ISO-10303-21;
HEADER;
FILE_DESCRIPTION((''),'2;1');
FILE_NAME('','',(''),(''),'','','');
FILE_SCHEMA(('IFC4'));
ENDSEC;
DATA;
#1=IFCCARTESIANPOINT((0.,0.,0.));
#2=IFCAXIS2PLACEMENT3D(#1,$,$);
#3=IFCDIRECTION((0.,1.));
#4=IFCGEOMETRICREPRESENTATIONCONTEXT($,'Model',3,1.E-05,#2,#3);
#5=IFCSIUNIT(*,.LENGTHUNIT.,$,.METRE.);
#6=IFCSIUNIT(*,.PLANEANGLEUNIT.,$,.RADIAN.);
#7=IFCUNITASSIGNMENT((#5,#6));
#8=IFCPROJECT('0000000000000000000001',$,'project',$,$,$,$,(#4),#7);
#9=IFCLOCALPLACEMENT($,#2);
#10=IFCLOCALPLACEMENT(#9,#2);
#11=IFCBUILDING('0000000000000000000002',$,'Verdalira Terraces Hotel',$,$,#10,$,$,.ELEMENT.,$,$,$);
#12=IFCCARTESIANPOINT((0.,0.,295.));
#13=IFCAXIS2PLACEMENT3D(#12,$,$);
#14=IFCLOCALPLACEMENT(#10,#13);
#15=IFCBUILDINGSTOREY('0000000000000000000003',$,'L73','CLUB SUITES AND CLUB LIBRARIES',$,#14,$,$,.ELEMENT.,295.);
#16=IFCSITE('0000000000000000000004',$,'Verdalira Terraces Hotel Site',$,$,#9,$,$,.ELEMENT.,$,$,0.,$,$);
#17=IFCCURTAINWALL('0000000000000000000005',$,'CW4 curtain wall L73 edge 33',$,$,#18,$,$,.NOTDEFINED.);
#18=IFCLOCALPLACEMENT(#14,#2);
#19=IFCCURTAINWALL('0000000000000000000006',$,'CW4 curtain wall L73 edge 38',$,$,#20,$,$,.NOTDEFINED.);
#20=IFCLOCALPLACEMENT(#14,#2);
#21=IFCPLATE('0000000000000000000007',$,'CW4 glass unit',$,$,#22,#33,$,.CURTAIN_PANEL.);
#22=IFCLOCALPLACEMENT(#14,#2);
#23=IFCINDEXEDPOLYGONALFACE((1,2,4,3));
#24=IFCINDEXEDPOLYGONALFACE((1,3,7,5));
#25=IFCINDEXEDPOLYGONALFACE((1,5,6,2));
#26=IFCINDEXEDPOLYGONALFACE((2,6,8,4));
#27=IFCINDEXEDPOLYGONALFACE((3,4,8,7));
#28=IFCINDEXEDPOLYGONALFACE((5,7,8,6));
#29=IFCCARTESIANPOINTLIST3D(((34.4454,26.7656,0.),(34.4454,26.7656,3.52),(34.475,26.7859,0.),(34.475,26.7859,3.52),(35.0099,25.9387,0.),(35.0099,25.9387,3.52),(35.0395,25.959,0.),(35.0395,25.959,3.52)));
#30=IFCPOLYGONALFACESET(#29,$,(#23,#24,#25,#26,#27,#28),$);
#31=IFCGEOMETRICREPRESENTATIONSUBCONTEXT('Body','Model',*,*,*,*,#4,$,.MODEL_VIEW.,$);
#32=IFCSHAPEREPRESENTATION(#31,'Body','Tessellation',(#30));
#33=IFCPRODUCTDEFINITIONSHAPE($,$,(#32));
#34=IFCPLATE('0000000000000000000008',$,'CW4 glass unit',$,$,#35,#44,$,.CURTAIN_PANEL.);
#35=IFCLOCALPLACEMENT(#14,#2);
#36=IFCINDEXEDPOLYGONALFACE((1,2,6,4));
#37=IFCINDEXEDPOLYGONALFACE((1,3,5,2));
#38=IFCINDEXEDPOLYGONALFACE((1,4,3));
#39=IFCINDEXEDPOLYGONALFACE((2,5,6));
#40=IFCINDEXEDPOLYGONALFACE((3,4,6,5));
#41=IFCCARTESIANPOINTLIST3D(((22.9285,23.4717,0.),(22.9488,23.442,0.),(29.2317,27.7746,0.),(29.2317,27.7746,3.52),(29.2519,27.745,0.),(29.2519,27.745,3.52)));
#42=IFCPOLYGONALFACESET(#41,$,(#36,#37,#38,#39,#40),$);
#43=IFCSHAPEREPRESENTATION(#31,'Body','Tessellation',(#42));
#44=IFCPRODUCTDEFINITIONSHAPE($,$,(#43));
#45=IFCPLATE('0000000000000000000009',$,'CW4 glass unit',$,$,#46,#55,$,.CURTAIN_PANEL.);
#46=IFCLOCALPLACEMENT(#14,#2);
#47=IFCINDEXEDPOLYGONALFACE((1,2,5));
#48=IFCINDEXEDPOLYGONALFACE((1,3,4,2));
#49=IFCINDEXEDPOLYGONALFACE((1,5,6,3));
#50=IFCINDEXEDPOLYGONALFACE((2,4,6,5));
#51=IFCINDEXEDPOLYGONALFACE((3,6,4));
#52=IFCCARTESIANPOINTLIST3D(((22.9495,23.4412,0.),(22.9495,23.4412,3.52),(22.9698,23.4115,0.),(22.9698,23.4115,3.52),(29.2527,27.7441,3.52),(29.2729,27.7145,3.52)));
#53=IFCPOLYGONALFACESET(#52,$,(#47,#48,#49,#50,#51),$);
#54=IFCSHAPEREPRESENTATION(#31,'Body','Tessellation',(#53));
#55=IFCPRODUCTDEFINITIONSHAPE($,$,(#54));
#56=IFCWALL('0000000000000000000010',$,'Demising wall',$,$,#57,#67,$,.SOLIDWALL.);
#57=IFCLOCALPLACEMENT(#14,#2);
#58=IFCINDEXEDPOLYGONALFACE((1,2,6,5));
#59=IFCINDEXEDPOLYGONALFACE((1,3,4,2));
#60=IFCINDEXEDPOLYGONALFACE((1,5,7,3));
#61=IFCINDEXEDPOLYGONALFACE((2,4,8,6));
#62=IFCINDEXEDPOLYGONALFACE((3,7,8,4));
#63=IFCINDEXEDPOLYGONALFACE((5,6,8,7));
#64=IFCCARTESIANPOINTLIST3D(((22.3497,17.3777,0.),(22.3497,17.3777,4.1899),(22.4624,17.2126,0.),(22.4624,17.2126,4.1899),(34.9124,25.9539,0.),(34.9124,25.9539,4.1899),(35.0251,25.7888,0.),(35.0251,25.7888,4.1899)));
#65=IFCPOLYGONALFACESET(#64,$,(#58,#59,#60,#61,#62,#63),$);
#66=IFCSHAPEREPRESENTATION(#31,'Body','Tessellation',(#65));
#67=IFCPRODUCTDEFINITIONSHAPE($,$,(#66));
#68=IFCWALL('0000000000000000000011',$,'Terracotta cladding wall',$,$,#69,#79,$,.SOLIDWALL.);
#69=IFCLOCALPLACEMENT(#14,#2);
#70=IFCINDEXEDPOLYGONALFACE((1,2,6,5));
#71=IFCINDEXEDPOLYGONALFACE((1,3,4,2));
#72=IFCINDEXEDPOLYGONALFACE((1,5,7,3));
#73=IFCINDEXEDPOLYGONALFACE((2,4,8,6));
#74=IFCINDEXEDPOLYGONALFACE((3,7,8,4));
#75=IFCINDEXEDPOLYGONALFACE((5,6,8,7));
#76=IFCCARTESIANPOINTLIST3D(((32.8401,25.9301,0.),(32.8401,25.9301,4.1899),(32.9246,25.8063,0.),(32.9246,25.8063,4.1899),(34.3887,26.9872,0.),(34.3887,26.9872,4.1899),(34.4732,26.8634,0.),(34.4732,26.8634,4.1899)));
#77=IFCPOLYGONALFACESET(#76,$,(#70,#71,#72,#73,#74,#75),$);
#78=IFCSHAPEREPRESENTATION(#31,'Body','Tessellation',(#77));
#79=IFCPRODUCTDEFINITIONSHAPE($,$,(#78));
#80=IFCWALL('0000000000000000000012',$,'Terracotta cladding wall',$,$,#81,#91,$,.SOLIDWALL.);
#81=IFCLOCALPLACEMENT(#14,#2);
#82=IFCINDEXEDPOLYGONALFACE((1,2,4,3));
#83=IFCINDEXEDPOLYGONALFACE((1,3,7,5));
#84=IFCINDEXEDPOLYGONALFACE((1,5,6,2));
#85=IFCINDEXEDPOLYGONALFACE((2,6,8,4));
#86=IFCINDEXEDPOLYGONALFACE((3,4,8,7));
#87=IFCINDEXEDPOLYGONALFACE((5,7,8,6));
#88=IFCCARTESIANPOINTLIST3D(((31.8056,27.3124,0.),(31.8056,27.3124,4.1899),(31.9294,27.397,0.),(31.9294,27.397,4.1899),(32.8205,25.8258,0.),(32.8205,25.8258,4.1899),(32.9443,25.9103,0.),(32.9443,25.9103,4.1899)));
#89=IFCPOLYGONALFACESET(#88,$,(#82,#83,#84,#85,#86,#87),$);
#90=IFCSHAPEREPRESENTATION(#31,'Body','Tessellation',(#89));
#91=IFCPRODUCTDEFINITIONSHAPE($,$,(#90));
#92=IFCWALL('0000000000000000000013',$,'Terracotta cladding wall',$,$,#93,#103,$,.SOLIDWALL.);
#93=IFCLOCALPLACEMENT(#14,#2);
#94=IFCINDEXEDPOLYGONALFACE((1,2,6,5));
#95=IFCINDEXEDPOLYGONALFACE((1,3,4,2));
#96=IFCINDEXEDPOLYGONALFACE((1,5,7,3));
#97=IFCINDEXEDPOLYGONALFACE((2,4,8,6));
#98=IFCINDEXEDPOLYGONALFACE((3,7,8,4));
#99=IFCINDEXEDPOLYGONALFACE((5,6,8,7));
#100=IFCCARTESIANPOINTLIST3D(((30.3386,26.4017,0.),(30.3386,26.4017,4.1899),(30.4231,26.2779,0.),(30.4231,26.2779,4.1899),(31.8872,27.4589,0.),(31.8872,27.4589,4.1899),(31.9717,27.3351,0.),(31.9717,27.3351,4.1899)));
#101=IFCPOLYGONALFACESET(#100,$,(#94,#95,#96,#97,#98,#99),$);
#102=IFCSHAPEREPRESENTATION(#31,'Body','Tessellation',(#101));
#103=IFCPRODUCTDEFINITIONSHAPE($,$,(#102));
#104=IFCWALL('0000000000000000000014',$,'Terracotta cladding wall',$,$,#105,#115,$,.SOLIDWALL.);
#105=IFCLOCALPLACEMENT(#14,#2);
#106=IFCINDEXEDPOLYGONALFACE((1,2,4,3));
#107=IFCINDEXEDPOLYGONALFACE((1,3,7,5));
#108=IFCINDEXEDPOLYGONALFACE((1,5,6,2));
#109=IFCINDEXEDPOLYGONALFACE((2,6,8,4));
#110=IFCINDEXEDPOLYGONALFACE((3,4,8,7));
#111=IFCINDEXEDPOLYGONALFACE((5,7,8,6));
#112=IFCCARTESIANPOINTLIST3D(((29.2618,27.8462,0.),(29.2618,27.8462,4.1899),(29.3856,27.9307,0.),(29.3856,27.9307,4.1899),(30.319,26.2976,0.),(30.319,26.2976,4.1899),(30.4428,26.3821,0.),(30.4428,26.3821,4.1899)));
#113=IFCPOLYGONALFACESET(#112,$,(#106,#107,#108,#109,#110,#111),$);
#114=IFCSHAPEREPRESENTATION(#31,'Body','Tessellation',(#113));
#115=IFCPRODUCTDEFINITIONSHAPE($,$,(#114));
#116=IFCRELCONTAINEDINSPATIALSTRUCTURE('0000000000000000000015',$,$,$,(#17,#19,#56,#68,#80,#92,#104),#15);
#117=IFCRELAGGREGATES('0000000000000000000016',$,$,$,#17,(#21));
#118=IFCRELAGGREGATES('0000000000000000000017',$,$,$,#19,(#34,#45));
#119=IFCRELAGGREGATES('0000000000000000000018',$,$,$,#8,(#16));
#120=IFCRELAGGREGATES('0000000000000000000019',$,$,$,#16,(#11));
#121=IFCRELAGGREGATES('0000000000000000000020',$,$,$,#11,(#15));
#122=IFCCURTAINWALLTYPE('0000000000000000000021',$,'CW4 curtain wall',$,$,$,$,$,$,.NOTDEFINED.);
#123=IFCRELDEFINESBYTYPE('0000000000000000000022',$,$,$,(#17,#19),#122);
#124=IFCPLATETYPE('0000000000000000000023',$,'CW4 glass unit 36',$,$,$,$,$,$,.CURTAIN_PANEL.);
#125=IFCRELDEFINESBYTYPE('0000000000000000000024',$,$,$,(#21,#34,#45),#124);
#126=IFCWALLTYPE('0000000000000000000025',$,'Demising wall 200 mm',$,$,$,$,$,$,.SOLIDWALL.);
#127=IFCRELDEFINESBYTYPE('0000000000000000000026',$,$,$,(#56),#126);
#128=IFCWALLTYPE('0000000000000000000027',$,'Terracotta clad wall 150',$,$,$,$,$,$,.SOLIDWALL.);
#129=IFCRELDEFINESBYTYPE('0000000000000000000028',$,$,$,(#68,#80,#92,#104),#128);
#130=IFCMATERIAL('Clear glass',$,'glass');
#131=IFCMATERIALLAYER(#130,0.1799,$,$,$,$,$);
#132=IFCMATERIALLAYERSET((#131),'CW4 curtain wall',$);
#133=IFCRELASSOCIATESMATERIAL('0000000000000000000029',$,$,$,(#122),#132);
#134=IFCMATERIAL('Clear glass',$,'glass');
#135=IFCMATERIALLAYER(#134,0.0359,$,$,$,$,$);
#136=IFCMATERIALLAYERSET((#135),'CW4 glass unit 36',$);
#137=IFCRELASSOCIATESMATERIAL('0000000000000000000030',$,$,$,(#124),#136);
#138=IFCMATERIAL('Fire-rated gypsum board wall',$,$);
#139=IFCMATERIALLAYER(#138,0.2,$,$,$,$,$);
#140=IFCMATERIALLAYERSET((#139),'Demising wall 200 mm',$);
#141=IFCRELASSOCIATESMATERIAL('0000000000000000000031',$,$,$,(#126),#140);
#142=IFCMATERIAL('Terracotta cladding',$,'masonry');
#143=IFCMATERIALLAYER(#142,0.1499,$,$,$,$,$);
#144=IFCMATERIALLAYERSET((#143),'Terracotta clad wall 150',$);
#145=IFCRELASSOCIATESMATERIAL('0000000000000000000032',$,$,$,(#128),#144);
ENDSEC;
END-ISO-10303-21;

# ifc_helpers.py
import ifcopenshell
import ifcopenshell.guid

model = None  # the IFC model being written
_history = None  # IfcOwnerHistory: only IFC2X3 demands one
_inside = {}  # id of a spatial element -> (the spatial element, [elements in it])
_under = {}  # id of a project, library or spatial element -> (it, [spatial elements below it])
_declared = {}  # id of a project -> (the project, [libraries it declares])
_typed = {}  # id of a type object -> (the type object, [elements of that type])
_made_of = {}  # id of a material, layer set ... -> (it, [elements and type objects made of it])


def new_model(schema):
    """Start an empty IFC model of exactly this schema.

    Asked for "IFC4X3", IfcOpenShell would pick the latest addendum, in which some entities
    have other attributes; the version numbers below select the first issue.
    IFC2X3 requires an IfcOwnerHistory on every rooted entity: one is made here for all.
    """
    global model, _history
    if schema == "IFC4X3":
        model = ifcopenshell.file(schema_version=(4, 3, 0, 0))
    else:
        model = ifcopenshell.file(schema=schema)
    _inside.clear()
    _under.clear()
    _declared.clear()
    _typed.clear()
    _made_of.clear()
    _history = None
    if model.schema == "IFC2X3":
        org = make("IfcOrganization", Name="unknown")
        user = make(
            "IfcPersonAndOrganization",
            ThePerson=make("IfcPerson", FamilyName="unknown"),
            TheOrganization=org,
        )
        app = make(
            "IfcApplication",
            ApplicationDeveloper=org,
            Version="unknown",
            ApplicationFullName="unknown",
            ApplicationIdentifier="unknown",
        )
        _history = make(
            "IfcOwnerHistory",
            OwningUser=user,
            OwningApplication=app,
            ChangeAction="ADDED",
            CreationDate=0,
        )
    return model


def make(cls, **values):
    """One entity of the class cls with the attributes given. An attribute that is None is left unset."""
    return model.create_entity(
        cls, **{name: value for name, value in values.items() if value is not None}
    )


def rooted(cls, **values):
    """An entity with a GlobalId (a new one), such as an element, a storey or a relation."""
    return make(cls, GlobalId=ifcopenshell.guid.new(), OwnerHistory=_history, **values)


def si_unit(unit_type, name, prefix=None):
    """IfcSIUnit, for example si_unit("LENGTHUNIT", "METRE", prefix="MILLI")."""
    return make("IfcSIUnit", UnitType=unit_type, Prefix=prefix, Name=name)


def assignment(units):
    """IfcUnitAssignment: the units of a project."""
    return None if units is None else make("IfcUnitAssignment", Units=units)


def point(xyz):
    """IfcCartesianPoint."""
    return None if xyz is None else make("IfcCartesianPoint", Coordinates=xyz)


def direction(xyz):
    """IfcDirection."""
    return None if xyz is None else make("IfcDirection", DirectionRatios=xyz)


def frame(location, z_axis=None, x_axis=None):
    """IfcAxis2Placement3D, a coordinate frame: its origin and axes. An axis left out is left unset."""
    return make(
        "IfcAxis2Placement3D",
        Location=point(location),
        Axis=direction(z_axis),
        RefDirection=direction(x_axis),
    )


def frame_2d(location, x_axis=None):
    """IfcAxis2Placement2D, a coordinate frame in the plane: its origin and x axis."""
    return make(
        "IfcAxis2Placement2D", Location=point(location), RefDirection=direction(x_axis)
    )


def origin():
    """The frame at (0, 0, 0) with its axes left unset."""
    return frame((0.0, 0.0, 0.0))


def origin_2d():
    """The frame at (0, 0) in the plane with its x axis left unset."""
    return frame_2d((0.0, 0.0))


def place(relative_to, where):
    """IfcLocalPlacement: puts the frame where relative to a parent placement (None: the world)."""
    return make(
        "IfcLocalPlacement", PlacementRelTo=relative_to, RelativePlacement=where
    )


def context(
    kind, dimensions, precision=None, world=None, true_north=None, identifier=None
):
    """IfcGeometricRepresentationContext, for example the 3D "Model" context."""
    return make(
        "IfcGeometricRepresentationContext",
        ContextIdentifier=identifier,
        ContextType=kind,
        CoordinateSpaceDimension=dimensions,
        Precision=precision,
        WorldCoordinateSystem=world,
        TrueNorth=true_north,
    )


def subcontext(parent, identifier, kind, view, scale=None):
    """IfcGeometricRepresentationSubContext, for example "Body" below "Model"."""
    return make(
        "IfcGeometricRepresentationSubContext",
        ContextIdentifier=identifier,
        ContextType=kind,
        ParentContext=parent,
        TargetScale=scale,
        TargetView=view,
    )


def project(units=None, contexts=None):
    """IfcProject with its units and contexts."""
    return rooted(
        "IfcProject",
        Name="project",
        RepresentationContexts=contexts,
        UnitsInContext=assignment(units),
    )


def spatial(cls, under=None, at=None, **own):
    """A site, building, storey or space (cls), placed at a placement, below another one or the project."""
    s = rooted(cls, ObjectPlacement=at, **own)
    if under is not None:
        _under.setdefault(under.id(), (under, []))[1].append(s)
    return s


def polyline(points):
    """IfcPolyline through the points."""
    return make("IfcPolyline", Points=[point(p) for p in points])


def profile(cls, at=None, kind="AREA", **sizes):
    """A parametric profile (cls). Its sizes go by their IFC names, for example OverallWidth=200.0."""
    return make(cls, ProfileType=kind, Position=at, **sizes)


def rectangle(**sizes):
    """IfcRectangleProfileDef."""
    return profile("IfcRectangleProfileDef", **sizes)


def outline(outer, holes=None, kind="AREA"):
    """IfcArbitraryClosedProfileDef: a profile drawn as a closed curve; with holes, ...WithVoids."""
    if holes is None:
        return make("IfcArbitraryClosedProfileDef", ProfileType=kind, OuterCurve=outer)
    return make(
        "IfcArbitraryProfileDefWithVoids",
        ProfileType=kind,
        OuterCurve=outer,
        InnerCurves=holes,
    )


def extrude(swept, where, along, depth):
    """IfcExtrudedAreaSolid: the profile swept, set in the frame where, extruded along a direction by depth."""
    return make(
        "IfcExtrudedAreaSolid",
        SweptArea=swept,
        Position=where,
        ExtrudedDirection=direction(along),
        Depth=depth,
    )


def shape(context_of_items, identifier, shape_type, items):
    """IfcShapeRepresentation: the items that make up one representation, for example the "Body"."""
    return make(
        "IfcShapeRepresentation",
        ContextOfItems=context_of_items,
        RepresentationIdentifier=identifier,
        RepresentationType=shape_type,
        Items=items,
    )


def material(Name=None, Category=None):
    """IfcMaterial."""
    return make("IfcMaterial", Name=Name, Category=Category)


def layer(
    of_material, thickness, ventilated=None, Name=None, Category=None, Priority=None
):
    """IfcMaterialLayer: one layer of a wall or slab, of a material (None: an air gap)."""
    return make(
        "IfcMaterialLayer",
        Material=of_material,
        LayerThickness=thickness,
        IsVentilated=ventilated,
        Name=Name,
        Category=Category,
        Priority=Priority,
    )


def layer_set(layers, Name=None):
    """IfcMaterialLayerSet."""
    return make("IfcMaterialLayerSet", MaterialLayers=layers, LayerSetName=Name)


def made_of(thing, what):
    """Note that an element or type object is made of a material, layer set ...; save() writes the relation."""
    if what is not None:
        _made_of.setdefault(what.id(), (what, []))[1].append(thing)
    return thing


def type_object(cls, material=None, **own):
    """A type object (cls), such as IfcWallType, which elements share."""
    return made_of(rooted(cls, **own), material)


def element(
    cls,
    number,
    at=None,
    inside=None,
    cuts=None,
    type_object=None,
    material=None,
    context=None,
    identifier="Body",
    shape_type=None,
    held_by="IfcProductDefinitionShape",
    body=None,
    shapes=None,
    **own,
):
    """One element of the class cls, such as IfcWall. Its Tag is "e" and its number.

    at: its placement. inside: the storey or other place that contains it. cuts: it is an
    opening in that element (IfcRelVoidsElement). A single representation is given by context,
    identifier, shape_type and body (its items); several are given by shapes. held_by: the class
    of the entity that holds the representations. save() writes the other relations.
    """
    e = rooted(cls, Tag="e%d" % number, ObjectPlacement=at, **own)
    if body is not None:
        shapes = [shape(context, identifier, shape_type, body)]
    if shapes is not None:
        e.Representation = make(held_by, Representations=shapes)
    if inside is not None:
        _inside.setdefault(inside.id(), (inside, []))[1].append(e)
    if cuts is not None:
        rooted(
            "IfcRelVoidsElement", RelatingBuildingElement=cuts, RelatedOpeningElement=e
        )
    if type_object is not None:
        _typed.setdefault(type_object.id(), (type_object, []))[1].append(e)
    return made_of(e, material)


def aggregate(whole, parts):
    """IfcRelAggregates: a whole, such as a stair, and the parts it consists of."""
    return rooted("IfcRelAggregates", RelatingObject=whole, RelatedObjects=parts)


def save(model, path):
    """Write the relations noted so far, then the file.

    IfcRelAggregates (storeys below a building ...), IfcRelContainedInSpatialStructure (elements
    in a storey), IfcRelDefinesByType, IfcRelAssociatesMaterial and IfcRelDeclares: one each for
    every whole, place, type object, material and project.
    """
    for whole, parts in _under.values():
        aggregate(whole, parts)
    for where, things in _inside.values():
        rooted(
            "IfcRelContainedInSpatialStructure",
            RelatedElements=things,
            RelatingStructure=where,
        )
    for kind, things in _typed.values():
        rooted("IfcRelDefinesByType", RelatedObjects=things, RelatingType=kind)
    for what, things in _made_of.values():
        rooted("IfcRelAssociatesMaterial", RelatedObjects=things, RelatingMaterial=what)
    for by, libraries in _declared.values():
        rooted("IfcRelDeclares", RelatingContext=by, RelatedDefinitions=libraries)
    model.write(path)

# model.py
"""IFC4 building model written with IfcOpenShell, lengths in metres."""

from ifc_helpers import new_model, si_unit, direction, frame, frame_2d, origin, origin_2d, place, context, subcontext, project, spatial, polyline, rectangle, outline, extrude, material, layer, layer_set, type_object, element, aggregate, save


model = new_model("IFC4")

# Units and contexts
model_context = context("Model", 3, precision=1e-05, world=origin(), true_north=direction((0.0, 1.0)))
body_context = subcontext(model_context, "Body", "Model", "MODEL_VIEW")
ifc_project = project(units=[si_unit("LENGTHUNIT", "METRE"), si_unit("PLANEANGLEUNIT", "RADIAN")], contexts=[model_context])

# Site, building, storey
site_placement = place(None, origin())
site = spatial("IfcSite", under=ifc_project, at=site_placement, Name="Verdalira Terraces Hotel Site", CompositionType="ELEMENT", RefElevation=0.0)
building_placement = place(site_placement, origin())
building = spatial("IfcBuilding", under=site, at=building_placement, Name="Verdalira Terraces Hotel", CompositionType="ELEMENT")
storey_placement = place(building_placement, frame((0.0, 0.0, 295.0)))
storey = spatial("IfcBuildingStorey", under=building, at=storey_placement, Name="L73", Description="CLUB SUITES AND CLUB LIBRARIES", CompositionType="ELEMENT", Elevation=295.0)

# Curtain walls
ifc_material_1 = material(Name="Clear glass", Category="glass")
ifc_layer_1 = layer(ifc_material_1, 0.1799)
ifc_layer_set_1 = layer_set([ifc_layer_1], Name="CW4 curtain wall")
curtain_wall_type = type_object("IfcCurtainWallType", Name="CW4 curtain wall", PredefinedType="NOTDEFINED", material=ifc_layer_set_1)
curtain_wall_1_placement = place(storey_placement, origin())
curtain_wall_1 = element("IfcCurtainWall", 1, at=curtain_wall_1_placement, inside=storey, type_object=curtain_wall_type, Name="CW4 curtain wall L73 edge 33", PredefinedType="NOTDEFINED")
curtain_wall_2_placement = place(storey_placement, origin())
curtain_wall_2 = element("IfcCurtainWall", 2, at=curtain_wall_2_placement, inside=storey, type_object=curtain_wall_type, Name="CW4 curtain wall L73 edge 38", PredefinedType="NOTDEFINED")

# Plates
ifc_material_2 = material(Name="Clear glass", Category="glass")
ifc_layer_2 = layer(ifc_material_2, 0.0359)
ifc_layer_set_2 = layer_set([ifc_layer_2], Name="CW4 glass unit 36")
plate_type = type_object("IfcPlateType", Name="CW4 glass unit 36", PredefinedType="CURTAIN_PANEL", material=ifc_layer_set_2)
plate_1_placement = place(storey_placement, frame((34.7424, 26.3623, 0.0), z_axis=(0.0, 0.0, 1.0), x_axis=(-0.563814, 0.825902, 0.0)))
plate_1 = element("IfcPlate", 3, at=plate_1_placement, type_object=plate_type, Name="CW4 glass unit", PredefinedType="CURTAIN_PANEL", context=body_context, shape_type="SweptSolid", body=[
    extrude(rectangle(XDim=1.0012, YDim=0.0359, at=origin_2d()), origin(), (0.0, 0.0, 1.0), 3.52),
])
aggregate(curtain_wall_1, [plate_1])
plate_2_placement = place(storey_placement, frame((26.1003, 25.5935, 1.76), z_axis=(-0.563814, 0.825902, 0.0), x_axis=(-0.825902, -0.563814, 0.0)))
plate_2 = element("IfcPlate", 4, at=plate_2_placement, type_object=plate_type, Name="CW4 glass unit", PredefinedType="CURTAIN_PANEL", context=body_context, shape_type="SweptSolid", body=[
    extrude(outline(polyline([(-3.8159, -1.76), (3.8159, -1.76), (-3.8159, 1.76), (-3.8159, -1.76)])), origin(), (0.0, 0.0, 1.0), 0.0359),
])
plate_3_placement = place(storey_placement, frame((26.1213, 25.563, 1.76), z_axis=(-0.563814, 0.825902, 0.0), x_axis=(-0.825902, -0.563814, 0.0)))
plate_3 = element("IfcPlate", 5, at=plate_3_placement, type_object=plate_type, Name="CW4 glass unit", PredefinedType="CURTAIN_PANEL", context=body_context, shape_type="SweptSolid", body=[
    extrude(outline(polyline([(3.8159, -1.76), (3.8159, 1.76), (-3.8159, 1.76), (3.8159, -1.76)])), origin(), (0.0, 0.0, 1.0), 0.0359),
])
aggregate(curtain_wall_2, [plate_2, plate_3])

# Walls
ifc_material_3 = material(Name="Fire-rated gypsum board wall")
ifc_layer_3 = layer(ifc_material_3, 0.2)
ifc_layer_set_3 = layer_set([ifc_layer_3], Name="Demising wall 200 mm")
wall_type_1 = type_object("IfcWallType", Name="Demising wall 200 mm", PredefinedType="SOLIDWALL", material=ifc_layer_set_3)
wall_1_placement = place(storey_placement, frame((34.9688, 25.8713, 0.0), z_axis=(0.0, 0.0, 1.0), x_axis=(-0.825901, -0.563815, 0.0)))
element("IfcWall", 6, at=wall_1_placement, inside=storey, type_object=wall_type_1, Name="Demising wall", PredefinedType="SOLIDWALL", context=body_context, shape_type="SweptSolid", body=[
    extrude(rectangle(XDim=15.2109, YDim=0.2, at=frame_2d((7.6055, 0.0))), origin(), (0.0, 0.0, 1.0), 4.1899),
])
ifc_material_4 = material(Name="Terracotta cladding", Category="masonry")
ifc_layer_4 = layer(ifc_material_4, 0.1499)
ifc_layer_set_4 = layer_set([ifc_layer_4], Name="Terracotta clad wall 150")
wall_type_2 = type_object("IfcWallType", Name="Terracotta clad wall 150", PredefinedType="SOLIDWALL", material=ifc_layer_set_4)
wall_2_placement = place(storey_placement, frame((34.4309, 26.9253, 0.0), z_axis=(0.0, 0.0, 1.0), x_axis=(-0.82591, -0.563801, 0.0)))
element("IfcWall", 7, at=wall_2_placement, inside=storey, type_object=wall_type_2, Name="Terracotta cladding wall", PredefinedType="SOLIDWALL", context=body_context, shape_type="SweptSolid", body=[
    extrude(rectangle(XDim=1.875, YDim=0.1499, at=frame_2d((0.9375, 0.0))), origin(), (0.0, 0.0, 1.0), 4.1899),
])
wall_3_placement = place(storey_placement, frame((32.8823, 25.8682, 0.0), z_axis=(0.0, 0.0, 1.0), x_axis=(-0.563838, 0.825886, 0.0)))
element("IfcWall", 8, at=wall_3_placement, inside=storey, type_object=wall_type_2, Name="Terracotta cladding wall", PredefinedType="SOLIDWALL", context=body_context, shape_type="SweptSolid", body=[
    extrude(rectangle(XDim=1.8, YDim=0.1499, at=frame_2d((0.8999, 0.0))), origin(), (0.0, 0.0, 1.0), 4.1899),
])
for number, where, z_axis, x_axis, name in (
    (9, (31.9294, 27.397, 0.0), (0.0, 0.0, 1.0), (-0.82591, -0.563801, 0.0), "Terracotta cladding wall"),
    (10, (30.3809, 26.3398, 0.0), (0.0, 0.0, 1.0), (-0.563801, 0.82591, 0.0), "Terracotta cladding wall"),
):
    element("IfcWall", number, at=place(storey_placement, frame(where, z_axis=z_axis, x_axis=x_axis)), inside=storey, type_object=wall_type_2, Name=name, PredefinedType="SOLIDWALL", context=body_context, shape_type="SweptSolid", body=[
        extrude(rectangle(XDim=1.875, YDim=0.1499, at=frame_2d((0.9375, 0.0))), origin(), (0.0, 0.0, 1.0), 4.1899),
    ])

save(model, "model.ifc")
